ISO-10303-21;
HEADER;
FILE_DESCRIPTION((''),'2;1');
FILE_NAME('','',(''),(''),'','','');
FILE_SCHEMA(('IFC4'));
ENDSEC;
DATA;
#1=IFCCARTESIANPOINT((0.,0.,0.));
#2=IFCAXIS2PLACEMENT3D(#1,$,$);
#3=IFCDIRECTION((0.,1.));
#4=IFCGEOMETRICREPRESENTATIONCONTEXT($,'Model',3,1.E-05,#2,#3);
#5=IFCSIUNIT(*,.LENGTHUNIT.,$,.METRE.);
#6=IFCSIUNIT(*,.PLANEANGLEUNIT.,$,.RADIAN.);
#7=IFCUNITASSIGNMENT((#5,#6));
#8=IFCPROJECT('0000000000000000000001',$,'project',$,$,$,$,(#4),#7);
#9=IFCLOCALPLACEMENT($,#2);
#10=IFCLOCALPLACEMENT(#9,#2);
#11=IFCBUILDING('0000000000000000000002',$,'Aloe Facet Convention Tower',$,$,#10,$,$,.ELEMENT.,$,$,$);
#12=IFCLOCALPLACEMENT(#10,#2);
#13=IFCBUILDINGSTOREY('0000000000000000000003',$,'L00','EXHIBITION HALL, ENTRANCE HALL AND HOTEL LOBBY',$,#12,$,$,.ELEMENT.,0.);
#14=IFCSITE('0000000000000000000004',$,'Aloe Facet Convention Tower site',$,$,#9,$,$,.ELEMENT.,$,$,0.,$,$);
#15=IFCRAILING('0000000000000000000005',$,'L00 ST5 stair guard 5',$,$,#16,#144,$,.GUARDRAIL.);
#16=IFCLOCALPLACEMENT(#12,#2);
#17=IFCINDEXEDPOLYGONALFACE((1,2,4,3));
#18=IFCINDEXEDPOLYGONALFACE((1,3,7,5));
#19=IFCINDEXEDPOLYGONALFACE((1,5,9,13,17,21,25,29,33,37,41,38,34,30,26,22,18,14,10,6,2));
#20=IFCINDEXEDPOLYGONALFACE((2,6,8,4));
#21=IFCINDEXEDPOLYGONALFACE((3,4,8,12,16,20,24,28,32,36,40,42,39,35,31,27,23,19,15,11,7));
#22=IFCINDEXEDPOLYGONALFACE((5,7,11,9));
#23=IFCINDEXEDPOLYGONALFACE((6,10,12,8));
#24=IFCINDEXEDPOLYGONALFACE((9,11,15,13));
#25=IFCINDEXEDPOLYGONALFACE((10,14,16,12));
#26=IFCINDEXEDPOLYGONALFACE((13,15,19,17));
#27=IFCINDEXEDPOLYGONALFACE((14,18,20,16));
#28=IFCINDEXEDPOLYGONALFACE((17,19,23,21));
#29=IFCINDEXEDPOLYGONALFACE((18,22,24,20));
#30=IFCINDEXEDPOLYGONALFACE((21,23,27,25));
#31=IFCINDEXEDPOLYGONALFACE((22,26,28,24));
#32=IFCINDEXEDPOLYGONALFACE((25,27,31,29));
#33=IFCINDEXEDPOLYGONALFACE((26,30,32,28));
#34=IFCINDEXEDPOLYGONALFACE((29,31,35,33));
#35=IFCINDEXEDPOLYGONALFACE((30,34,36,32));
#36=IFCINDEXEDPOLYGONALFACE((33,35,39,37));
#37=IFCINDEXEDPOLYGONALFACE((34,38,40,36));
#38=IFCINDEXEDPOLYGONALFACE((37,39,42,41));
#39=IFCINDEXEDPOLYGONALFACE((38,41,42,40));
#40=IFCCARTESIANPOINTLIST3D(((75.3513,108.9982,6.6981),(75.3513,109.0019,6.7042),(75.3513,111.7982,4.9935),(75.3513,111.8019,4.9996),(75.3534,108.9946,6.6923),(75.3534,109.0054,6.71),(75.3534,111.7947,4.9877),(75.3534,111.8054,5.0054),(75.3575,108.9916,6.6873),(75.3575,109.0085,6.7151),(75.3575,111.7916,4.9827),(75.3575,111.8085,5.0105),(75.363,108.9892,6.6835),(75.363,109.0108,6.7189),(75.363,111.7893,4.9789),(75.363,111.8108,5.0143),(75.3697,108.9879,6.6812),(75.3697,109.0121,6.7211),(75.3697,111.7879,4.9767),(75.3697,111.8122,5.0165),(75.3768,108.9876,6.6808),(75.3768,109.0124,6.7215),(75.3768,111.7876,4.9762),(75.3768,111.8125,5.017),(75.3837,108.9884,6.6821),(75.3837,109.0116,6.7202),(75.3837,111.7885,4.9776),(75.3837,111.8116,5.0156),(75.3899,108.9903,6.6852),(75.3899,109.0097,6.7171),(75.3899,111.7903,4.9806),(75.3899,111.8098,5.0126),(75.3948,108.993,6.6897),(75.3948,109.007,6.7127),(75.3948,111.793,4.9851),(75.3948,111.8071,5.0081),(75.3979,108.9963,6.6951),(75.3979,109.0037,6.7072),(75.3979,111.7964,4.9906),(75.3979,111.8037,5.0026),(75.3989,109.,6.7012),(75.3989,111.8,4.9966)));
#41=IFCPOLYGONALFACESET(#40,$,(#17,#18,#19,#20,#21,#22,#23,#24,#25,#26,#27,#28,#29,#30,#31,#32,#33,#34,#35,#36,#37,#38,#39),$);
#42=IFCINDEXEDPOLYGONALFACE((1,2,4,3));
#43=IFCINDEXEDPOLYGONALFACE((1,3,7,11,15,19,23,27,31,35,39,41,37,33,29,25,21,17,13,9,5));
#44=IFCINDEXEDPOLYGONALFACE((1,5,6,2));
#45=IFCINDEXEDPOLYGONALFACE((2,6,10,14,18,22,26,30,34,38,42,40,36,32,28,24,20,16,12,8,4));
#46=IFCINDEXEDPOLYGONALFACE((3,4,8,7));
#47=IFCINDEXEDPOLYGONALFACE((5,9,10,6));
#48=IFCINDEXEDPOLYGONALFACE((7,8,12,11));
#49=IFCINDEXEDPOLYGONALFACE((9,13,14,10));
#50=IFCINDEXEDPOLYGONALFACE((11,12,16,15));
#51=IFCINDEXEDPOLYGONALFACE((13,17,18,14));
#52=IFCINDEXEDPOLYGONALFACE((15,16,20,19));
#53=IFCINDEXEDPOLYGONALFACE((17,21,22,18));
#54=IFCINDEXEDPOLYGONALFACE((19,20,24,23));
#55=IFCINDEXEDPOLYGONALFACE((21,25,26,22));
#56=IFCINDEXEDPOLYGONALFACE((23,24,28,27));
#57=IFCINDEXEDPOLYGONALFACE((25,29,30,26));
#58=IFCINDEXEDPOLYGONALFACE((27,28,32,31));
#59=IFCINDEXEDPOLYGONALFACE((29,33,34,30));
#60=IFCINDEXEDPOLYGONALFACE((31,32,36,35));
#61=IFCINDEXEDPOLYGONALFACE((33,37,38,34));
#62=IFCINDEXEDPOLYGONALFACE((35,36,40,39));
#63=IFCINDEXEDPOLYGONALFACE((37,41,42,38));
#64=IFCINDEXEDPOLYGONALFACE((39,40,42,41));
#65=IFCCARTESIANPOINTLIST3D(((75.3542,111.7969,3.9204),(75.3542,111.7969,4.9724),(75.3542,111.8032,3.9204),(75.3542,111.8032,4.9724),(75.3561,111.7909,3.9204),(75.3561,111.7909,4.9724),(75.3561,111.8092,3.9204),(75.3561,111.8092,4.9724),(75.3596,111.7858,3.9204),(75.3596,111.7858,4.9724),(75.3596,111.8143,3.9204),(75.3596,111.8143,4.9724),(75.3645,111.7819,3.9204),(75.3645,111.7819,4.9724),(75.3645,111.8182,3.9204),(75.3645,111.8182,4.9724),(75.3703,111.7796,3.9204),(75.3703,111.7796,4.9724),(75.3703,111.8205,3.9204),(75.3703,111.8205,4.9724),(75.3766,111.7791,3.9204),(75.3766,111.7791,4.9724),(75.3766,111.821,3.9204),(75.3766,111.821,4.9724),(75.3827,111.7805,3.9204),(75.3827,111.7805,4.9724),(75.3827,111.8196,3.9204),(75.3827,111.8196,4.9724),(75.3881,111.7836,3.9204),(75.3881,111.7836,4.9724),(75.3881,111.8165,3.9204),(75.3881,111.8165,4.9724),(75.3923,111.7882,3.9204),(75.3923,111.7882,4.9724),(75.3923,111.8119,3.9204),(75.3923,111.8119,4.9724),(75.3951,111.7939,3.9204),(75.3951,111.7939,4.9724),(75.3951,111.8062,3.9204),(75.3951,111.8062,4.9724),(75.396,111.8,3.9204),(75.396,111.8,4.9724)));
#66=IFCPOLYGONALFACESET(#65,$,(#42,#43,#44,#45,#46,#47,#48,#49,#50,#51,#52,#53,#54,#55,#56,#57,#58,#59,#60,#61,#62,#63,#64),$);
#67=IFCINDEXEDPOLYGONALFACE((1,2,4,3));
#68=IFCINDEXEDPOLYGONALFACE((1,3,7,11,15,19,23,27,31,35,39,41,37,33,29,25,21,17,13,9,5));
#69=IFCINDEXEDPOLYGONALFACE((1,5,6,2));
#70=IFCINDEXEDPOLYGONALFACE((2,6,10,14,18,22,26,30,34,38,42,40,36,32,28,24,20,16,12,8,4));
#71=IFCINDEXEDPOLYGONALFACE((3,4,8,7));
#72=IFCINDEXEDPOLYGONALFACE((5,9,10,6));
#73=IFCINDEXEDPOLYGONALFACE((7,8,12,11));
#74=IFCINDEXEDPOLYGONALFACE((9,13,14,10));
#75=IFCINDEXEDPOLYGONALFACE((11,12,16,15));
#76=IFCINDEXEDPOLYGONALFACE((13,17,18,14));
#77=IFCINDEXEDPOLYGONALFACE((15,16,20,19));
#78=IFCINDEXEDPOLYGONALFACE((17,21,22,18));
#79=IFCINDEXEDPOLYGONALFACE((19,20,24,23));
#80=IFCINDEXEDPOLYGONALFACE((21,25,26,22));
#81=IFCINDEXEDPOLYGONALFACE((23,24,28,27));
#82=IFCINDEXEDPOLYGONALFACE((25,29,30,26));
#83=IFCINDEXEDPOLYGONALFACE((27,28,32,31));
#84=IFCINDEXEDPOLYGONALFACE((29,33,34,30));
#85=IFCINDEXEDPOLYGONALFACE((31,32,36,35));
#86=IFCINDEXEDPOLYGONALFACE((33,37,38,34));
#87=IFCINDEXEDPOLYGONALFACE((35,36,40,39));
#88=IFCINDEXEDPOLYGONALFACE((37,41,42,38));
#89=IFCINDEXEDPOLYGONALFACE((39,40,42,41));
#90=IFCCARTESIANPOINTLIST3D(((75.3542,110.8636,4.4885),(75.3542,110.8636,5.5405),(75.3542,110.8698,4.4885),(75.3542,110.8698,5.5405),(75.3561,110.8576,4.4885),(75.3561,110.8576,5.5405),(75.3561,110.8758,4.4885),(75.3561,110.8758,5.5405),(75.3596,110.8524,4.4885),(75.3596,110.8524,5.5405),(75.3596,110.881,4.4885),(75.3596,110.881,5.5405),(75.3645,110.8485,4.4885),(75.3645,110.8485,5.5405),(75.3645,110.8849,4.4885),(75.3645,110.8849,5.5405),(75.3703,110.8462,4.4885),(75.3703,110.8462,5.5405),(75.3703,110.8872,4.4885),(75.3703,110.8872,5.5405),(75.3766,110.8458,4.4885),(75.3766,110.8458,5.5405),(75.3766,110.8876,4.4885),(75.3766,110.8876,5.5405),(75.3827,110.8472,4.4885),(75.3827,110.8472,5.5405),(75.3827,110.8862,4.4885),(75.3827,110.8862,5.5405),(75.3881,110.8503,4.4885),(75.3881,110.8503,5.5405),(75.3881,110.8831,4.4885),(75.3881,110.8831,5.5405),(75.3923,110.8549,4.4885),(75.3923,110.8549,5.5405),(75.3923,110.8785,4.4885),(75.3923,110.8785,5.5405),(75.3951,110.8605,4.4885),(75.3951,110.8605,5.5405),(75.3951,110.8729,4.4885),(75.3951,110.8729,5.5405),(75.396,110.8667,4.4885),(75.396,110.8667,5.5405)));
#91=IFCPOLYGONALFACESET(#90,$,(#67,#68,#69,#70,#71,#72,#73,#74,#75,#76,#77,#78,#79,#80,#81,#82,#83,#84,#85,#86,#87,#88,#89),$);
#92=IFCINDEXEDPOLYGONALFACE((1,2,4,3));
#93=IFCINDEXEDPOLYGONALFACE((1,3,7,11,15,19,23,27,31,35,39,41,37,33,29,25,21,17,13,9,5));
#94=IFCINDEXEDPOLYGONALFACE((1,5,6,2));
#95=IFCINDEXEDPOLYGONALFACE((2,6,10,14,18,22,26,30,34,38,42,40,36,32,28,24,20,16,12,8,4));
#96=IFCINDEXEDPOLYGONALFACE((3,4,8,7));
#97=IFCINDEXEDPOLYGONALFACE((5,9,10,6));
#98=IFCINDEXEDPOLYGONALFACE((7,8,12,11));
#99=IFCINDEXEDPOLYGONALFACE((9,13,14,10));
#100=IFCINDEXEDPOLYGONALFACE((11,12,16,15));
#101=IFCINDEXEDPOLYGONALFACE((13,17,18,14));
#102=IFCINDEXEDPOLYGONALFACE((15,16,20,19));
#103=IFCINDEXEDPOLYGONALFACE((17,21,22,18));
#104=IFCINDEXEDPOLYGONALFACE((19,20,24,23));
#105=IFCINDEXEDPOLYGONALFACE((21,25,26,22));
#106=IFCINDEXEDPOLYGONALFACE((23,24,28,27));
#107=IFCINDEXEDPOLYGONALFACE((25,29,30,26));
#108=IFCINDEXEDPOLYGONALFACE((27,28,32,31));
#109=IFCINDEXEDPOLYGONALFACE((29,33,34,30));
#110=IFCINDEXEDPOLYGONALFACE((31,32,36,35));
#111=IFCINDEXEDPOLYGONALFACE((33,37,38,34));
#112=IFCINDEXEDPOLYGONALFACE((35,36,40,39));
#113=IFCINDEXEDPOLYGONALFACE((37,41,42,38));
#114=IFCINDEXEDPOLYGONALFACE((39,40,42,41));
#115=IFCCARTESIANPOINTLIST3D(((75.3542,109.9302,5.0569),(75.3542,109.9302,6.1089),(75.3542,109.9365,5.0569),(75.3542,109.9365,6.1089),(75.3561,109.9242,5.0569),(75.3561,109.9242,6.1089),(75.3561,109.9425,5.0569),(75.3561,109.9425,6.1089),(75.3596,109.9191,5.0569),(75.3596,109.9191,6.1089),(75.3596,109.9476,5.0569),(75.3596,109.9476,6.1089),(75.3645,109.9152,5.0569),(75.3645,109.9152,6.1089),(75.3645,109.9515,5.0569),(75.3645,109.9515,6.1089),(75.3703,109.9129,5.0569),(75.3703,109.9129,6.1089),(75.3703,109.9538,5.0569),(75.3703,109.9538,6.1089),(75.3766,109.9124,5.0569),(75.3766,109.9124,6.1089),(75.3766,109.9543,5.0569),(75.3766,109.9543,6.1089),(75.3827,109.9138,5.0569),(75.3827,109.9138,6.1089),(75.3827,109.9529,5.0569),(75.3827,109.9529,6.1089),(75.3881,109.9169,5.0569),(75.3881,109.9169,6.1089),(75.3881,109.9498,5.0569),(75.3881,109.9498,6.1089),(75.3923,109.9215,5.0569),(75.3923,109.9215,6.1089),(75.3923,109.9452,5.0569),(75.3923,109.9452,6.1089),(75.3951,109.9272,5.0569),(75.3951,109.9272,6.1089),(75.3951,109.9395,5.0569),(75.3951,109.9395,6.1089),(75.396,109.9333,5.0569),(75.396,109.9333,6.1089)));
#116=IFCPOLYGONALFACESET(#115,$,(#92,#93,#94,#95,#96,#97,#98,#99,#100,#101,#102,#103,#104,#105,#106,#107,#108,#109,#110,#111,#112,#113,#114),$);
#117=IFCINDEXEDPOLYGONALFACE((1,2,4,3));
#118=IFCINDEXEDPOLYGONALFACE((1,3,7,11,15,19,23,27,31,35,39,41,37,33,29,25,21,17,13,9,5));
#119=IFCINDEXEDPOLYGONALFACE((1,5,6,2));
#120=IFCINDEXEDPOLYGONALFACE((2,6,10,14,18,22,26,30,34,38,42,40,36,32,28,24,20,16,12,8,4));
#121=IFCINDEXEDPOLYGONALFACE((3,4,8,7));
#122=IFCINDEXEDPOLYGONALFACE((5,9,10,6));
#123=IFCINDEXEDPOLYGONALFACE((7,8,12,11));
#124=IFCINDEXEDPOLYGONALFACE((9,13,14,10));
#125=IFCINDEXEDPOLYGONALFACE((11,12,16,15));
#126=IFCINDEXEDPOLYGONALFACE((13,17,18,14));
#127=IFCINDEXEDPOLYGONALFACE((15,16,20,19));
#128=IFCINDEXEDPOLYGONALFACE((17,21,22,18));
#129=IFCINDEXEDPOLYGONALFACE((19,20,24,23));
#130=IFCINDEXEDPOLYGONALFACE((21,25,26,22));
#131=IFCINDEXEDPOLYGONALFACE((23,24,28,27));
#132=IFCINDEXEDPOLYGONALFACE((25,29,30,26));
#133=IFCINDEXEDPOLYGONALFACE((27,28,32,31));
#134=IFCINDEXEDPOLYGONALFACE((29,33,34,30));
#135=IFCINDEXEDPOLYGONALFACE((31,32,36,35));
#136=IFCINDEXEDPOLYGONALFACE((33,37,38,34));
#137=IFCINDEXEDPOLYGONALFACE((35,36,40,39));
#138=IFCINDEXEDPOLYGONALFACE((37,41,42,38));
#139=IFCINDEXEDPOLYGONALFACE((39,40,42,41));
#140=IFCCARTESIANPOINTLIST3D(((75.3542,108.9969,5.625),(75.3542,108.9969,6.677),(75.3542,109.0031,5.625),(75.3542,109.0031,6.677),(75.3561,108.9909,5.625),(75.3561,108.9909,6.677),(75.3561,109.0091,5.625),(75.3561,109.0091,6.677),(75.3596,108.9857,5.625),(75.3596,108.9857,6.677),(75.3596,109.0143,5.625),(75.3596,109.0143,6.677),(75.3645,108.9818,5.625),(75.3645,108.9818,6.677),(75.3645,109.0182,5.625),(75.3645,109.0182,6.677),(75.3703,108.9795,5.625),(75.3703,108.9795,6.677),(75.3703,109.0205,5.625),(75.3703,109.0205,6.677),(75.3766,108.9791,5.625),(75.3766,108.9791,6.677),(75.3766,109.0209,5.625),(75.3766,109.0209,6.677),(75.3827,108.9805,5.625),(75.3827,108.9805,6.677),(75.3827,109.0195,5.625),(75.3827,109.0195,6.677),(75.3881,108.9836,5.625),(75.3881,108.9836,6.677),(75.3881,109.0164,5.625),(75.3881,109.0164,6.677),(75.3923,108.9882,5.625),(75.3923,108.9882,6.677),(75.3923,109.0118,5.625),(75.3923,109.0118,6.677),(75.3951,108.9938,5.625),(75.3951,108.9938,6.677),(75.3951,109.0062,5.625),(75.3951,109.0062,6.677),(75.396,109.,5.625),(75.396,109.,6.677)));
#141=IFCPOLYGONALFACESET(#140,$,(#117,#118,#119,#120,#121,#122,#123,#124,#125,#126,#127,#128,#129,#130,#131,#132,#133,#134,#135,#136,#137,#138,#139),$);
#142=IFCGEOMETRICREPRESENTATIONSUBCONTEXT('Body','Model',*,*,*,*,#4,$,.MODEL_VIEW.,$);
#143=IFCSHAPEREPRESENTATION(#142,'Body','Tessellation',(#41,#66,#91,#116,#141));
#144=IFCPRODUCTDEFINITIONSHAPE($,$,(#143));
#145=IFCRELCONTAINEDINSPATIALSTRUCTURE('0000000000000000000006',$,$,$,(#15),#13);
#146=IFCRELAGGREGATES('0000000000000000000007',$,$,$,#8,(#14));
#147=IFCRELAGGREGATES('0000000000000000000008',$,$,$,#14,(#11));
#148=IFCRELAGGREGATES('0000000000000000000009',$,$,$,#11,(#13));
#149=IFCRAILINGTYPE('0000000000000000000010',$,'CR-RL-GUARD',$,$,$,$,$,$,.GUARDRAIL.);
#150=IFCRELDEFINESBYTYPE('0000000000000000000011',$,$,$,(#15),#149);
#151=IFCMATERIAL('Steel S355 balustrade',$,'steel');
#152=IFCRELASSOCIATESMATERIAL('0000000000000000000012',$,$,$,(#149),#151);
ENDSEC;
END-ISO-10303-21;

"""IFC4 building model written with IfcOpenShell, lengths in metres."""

from ifc_helpers import new_model, si_unit, direction, frame, origin, origin_2d, place, context, subcontext, project, spatial, circle, extrude, material, type_object, element, save


model = new_model("IFC4")

# Units and contexts
model_context = context("Model", 3, precision=1e-05, world=origin(), true_north=direction((0.0, 1.0)))
body_context = subcontext(model_context, "Body", "Model", "MODEL_VIEW")
ifc_project = project(units=[si_unit("LENGTHUNIT", "METRE"), si_unit("PLANEANGLEUNIT", "RADIAN")], contexts=[model_context])

# Site, building, storey
site_placement = place(None, origin())
site = spatial("IfcSite", under=ifc_project, at=site_placement, Name="Aloe Facet Convention Tower site", CompositionType="ELEMENT", RefElevation=0.0)
building_placement = place(site_placement, origin())
building = spatial("IfcBuilding", under=site, at=building_placement, Name="Aloe Facet Convention Tower", CompositionType="ELEMENT")
storey_placement = place(building_placement, origin())
storey = spatial("IfcBuildingStorey", under=building, at=storey_placement, Name="L00", Description="EXHIBITION HALL, ENTRANCE HALL AND HOTEL LOBBY", CompositionType="ELEMENT", Elevation=0.0)

# Railing
ifc_material_1 = material(Name="Steel S355 balustrade", Category="steel")
railing_type_1 = type_object("IfcRailingType", Name="CR-RL-GUARD", PredefinedType="GUARDRAIL", material=ifc_material_1)
railing_1_placement = place(storey_placement, frame((75.375, 111.8, 3.9204)))
element("IfcRailing", 1, at=railing_1_placement, inside=storey, type_object=railing_type_1, Name="L00 ST5 stair guard 5", PredefinedType="GUARDRAIL", context=body_context, shape_type="SweptSolid", body=[
    extrude(circle(Radius=0.0239, at=origin_2d()), frame((0.0, 0.0, 1.0762), z_axis=(0.0, -0.85417, 0.519994), x_axis=(1.0, 0.0, 0.0)), (0.0, 0.0, 1.0), 3.2781),
    extrude(circle(Radius=0.021, at=origin_2d()), origin(), (0.0, 0.0, 1.0), 1.052),
    extrude(circle(Radius=0.021, at=origin_2d()), frame((0.0, -0.9333, 0.5681)), (0.0, 0.0, 1.0), 1.052),
    extrude(circle(Radius=0.021, at=origin_2d()), frame((0.0, -1.8667, 1.1365)), (0.0, 0.0, 1.0), 1.052),
    extrude(circle(Radius=0.021, at=origin_2d()), frame((0.0, -2.8, 1.7046)), (0.0, 0.0, 1.0), 1.052),
])

save(model, "model.ifc")
